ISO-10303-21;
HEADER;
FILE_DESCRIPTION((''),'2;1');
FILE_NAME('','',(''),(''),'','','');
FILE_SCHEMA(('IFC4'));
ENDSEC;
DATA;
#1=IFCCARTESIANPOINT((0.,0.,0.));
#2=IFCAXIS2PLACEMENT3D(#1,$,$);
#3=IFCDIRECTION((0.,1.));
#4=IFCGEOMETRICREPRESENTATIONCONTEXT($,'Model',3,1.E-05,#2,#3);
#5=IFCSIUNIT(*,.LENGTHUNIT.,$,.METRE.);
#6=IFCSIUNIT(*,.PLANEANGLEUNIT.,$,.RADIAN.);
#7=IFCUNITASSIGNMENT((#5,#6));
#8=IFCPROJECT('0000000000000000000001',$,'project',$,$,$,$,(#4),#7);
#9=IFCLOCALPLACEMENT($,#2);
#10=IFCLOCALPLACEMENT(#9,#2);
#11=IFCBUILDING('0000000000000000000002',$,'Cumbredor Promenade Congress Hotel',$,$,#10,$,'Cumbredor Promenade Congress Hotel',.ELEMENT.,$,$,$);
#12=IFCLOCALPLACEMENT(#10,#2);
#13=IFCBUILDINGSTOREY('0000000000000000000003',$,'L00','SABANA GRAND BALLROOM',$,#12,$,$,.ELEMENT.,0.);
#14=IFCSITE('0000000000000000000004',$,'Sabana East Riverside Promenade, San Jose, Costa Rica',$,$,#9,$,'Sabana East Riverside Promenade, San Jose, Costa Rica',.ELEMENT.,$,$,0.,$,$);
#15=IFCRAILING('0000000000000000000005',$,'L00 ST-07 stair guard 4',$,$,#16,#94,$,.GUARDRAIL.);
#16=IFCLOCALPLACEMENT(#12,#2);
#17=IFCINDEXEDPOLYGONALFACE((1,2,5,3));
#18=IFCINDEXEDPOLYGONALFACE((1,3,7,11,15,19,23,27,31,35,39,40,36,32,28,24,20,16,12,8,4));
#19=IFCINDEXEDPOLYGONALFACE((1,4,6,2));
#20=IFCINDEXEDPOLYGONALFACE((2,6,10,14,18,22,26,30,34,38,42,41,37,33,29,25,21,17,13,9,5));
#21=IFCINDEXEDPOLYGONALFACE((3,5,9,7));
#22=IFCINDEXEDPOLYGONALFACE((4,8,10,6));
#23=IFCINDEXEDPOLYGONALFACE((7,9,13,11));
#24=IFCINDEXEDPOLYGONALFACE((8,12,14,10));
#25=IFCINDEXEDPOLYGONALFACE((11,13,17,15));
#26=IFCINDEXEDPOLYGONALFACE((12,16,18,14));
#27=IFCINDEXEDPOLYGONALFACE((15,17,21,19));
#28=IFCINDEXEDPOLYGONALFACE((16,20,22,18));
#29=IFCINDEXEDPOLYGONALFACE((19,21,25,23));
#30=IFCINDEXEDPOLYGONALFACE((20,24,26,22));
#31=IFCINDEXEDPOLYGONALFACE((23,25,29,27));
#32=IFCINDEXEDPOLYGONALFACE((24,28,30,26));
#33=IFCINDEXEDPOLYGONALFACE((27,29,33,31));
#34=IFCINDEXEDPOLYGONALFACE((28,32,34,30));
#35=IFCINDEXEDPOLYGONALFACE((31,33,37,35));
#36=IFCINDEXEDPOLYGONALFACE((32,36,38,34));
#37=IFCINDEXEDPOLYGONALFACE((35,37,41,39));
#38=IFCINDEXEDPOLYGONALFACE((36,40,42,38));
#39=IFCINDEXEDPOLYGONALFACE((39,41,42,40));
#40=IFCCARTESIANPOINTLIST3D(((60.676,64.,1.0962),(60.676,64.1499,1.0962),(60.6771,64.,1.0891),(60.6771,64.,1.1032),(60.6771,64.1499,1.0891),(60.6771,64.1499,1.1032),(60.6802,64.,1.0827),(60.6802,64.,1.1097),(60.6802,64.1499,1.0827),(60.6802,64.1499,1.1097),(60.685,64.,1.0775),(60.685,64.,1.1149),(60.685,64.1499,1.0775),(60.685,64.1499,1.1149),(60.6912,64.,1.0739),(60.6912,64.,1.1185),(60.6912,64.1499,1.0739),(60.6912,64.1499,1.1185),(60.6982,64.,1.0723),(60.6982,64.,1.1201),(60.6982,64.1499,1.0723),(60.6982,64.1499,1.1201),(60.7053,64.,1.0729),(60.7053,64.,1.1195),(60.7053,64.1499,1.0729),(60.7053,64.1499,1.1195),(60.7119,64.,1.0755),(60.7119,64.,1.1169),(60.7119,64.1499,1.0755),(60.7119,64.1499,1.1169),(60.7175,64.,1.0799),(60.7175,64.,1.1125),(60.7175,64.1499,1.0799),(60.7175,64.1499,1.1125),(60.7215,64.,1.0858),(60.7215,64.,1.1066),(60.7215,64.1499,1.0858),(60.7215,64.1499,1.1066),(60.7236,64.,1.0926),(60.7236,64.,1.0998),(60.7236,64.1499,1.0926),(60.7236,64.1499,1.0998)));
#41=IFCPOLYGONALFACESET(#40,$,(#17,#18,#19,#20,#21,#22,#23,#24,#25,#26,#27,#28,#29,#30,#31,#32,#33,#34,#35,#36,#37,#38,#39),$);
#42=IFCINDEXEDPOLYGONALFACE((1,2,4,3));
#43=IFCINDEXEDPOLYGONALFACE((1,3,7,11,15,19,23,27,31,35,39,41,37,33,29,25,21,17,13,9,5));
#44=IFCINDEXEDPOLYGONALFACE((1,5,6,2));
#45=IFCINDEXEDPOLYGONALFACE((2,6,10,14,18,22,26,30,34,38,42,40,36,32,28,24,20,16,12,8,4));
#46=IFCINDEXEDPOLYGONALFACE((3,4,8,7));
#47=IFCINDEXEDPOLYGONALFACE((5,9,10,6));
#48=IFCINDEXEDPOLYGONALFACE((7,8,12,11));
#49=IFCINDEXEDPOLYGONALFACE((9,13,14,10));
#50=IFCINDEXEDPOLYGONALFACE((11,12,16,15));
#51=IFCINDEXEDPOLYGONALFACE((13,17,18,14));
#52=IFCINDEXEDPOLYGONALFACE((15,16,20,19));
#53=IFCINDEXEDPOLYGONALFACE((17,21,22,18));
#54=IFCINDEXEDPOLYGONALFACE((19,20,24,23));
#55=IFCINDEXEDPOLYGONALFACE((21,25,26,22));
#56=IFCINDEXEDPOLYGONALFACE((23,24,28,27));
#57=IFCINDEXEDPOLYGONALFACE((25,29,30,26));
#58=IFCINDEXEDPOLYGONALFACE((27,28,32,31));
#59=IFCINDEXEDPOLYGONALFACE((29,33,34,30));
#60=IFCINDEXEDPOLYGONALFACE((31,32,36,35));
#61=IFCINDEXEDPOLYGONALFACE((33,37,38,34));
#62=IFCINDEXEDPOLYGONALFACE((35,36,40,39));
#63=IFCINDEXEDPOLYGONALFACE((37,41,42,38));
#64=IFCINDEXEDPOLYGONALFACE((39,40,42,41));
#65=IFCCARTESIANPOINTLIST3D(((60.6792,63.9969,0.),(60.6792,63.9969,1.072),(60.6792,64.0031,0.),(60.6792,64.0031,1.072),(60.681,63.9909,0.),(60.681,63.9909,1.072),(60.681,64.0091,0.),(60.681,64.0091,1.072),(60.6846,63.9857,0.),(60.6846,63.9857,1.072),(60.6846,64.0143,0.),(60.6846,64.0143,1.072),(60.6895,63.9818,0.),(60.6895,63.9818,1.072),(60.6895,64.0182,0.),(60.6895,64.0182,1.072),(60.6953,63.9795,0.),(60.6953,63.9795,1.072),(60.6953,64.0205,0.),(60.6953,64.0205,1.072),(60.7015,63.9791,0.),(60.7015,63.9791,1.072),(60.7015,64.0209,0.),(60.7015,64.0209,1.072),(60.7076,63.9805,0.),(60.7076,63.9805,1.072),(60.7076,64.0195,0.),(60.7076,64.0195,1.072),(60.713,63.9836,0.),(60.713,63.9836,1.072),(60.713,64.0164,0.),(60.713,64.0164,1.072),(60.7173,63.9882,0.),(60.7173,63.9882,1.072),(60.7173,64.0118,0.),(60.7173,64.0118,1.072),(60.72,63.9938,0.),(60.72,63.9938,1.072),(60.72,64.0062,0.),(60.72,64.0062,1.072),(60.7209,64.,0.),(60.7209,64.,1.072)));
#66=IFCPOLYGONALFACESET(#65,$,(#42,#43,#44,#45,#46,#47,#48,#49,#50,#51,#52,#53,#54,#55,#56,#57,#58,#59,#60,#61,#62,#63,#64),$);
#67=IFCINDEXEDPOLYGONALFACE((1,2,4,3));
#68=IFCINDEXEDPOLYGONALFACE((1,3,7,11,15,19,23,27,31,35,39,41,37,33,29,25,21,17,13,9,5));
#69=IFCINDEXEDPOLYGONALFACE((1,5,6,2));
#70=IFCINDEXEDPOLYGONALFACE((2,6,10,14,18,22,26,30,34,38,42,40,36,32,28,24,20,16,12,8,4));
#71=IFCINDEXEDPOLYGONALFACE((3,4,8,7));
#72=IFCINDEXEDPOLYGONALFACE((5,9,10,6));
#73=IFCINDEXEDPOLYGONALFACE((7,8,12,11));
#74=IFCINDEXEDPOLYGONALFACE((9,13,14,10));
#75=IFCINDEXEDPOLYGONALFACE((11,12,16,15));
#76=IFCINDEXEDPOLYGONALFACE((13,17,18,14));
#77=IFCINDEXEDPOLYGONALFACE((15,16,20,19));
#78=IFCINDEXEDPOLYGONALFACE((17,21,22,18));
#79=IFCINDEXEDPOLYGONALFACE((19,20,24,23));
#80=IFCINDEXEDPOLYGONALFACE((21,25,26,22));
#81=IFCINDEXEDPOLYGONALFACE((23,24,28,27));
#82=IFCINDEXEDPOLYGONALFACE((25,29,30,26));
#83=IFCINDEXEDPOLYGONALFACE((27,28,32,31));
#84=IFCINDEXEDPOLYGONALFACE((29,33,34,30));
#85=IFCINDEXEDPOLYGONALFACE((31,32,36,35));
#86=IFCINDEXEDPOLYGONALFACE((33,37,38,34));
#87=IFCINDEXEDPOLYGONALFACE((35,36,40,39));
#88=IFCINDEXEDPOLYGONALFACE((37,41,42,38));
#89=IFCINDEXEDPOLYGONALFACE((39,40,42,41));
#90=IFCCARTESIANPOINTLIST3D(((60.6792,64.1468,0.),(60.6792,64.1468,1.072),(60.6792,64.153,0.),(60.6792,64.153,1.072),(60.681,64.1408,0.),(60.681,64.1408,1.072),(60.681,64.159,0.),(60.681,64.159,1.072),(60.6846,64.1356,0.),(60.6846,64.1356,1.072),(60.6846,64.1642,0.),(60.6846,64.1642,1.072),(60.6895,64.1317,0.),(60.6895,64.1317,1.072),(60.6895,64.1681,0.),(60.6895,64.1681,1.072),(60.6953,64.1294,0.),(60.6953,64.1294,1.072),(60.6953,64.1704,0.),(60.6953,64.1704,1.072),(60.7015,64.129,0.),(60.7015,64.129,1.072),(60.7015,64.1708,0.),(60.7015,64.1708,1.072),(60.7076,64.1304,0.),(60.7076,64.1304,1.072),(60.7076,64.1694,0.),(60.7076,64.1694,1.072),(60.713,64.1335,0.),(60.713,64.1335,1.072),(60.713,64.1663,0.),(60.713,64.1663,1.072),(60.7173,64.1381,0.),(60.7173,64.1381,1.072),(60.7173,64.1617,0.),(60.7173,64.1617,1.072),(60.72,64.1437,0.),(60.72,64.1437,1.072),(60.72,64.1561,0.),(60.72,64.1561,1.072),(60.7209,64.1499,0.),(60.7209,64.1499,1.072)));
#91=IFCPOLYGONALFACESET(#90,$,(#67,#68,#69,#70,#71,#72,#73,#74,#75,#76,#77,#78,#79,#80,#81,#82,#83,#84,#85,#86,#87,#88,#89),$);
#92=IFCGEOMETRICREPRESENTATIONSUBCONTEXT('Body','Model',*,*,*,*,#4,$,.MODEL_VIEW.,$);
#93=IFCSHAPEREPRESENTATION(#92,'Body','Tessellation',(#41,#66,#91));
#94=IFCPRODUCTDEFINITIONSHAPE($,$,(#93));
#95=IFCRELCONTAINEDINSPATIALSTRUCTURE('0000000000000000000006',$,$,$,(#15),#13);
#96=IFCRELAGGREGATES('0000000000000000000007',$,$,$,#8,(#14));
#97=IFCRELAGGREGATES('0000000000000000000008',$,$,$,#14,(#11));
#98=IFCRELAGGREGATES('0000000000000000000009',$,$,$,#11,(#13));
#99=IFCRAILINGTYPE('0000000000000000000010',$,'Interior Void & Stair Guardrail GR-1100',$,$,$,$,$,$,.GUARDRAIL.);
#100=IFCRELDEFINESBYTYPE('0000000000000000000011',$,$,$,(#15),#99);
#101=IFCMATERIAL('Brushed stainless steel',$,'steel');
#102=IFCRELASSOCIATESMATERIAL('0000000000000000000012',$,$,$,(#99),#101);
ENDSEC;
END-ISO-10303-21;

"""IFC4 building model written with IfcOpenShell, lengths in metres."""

from ifc_helpers import new_model, si_unit, direction, frame, origin, origin_2d, place, context, subcontext, project, spatial, circle, extrude, material, type_object, element, save


model = new_model("IFC4")

# Units and contexts
model_context = context("Model", 3, precision=1e-05, world=origin(), true_north=direction((0.0, 1.0)))
body_context = subcontext(model_context, "Body", "Model", "MODEL_VIEW")
ifc_project = project(units=[si_unit("LENGTHUNIT", "METRE"), si_unit("PLANEANGLEUNIT", "RADIAN")], contexts=[model_context])

# Site, building, storey
site_placement = place(None, origin())
site = spatial("IfcSite", under=ifc_project, at=site_placement, Name="Sabana East Riverside Promenade, San Jose, Costa Rica", LongName="Sabana East Riverside Promenade, San Jose, Costa Rica", CompositionType="ELEMENT", RefElevation=0.0)
building_placement = place(site_placement, origin())
building = spatial("IfcBuilding", under=site, at=building_placement, Name="Cumbredor Promenade Congress Hotel", LongName="Cumbredor Promenade Congress Hotel", CompositionType="ELEMENT")
storey_placement = place(building_placement, origin())
storey = spatial("IfcBuildingStorey", under=building, at=storey_placement, Name="L00", Description="SABANA GRAND BALLROOM", CompositionType="ELEMENT", Elevation=0.0)

# Railing
ifc_material_1 = material(Name="Brushed stainless steel", Category="steel")
railing_type_1 = type_object("IfcRailingType", Name="Interior Void & Stair Guardrail GR-1100", PredefinedType="GUARDRAIL", material=ifc_material_1)
railing_1_placement = place(storey_placement, frame((60.7, 64.0, 0.0)))
element("IfcRailing", 1, at=railing_1_placement, inside=storey, type_object=railing_type_1, Name="L00 ST-07 stair guard 4", PredefinedType="GUARDRAIL", context=body_context, shape_type="SweptSolid", body=[
    extrude(circle(Radius=0.0239, at=origin_2d()), frame((0.0, 0.0, 1.0962), z_axis=(0.0, 1.0, 0.0), x_axis=(-1.0, 0.0, 0.0)), (0.0, 0.0, 1.0), 0.1499),
    extrude(circle(Radius=0.021, at=origin_2d()), origin(), (0.0, 0.0, 1.0), 1.072),
    extrude(circle(Radius=0.021, at=origin_2d()), frame((0.0, 0.1499, 0.0)), (0.0, 0.0, 1.0), 1.072),
])

save(model, "model.ifc")
